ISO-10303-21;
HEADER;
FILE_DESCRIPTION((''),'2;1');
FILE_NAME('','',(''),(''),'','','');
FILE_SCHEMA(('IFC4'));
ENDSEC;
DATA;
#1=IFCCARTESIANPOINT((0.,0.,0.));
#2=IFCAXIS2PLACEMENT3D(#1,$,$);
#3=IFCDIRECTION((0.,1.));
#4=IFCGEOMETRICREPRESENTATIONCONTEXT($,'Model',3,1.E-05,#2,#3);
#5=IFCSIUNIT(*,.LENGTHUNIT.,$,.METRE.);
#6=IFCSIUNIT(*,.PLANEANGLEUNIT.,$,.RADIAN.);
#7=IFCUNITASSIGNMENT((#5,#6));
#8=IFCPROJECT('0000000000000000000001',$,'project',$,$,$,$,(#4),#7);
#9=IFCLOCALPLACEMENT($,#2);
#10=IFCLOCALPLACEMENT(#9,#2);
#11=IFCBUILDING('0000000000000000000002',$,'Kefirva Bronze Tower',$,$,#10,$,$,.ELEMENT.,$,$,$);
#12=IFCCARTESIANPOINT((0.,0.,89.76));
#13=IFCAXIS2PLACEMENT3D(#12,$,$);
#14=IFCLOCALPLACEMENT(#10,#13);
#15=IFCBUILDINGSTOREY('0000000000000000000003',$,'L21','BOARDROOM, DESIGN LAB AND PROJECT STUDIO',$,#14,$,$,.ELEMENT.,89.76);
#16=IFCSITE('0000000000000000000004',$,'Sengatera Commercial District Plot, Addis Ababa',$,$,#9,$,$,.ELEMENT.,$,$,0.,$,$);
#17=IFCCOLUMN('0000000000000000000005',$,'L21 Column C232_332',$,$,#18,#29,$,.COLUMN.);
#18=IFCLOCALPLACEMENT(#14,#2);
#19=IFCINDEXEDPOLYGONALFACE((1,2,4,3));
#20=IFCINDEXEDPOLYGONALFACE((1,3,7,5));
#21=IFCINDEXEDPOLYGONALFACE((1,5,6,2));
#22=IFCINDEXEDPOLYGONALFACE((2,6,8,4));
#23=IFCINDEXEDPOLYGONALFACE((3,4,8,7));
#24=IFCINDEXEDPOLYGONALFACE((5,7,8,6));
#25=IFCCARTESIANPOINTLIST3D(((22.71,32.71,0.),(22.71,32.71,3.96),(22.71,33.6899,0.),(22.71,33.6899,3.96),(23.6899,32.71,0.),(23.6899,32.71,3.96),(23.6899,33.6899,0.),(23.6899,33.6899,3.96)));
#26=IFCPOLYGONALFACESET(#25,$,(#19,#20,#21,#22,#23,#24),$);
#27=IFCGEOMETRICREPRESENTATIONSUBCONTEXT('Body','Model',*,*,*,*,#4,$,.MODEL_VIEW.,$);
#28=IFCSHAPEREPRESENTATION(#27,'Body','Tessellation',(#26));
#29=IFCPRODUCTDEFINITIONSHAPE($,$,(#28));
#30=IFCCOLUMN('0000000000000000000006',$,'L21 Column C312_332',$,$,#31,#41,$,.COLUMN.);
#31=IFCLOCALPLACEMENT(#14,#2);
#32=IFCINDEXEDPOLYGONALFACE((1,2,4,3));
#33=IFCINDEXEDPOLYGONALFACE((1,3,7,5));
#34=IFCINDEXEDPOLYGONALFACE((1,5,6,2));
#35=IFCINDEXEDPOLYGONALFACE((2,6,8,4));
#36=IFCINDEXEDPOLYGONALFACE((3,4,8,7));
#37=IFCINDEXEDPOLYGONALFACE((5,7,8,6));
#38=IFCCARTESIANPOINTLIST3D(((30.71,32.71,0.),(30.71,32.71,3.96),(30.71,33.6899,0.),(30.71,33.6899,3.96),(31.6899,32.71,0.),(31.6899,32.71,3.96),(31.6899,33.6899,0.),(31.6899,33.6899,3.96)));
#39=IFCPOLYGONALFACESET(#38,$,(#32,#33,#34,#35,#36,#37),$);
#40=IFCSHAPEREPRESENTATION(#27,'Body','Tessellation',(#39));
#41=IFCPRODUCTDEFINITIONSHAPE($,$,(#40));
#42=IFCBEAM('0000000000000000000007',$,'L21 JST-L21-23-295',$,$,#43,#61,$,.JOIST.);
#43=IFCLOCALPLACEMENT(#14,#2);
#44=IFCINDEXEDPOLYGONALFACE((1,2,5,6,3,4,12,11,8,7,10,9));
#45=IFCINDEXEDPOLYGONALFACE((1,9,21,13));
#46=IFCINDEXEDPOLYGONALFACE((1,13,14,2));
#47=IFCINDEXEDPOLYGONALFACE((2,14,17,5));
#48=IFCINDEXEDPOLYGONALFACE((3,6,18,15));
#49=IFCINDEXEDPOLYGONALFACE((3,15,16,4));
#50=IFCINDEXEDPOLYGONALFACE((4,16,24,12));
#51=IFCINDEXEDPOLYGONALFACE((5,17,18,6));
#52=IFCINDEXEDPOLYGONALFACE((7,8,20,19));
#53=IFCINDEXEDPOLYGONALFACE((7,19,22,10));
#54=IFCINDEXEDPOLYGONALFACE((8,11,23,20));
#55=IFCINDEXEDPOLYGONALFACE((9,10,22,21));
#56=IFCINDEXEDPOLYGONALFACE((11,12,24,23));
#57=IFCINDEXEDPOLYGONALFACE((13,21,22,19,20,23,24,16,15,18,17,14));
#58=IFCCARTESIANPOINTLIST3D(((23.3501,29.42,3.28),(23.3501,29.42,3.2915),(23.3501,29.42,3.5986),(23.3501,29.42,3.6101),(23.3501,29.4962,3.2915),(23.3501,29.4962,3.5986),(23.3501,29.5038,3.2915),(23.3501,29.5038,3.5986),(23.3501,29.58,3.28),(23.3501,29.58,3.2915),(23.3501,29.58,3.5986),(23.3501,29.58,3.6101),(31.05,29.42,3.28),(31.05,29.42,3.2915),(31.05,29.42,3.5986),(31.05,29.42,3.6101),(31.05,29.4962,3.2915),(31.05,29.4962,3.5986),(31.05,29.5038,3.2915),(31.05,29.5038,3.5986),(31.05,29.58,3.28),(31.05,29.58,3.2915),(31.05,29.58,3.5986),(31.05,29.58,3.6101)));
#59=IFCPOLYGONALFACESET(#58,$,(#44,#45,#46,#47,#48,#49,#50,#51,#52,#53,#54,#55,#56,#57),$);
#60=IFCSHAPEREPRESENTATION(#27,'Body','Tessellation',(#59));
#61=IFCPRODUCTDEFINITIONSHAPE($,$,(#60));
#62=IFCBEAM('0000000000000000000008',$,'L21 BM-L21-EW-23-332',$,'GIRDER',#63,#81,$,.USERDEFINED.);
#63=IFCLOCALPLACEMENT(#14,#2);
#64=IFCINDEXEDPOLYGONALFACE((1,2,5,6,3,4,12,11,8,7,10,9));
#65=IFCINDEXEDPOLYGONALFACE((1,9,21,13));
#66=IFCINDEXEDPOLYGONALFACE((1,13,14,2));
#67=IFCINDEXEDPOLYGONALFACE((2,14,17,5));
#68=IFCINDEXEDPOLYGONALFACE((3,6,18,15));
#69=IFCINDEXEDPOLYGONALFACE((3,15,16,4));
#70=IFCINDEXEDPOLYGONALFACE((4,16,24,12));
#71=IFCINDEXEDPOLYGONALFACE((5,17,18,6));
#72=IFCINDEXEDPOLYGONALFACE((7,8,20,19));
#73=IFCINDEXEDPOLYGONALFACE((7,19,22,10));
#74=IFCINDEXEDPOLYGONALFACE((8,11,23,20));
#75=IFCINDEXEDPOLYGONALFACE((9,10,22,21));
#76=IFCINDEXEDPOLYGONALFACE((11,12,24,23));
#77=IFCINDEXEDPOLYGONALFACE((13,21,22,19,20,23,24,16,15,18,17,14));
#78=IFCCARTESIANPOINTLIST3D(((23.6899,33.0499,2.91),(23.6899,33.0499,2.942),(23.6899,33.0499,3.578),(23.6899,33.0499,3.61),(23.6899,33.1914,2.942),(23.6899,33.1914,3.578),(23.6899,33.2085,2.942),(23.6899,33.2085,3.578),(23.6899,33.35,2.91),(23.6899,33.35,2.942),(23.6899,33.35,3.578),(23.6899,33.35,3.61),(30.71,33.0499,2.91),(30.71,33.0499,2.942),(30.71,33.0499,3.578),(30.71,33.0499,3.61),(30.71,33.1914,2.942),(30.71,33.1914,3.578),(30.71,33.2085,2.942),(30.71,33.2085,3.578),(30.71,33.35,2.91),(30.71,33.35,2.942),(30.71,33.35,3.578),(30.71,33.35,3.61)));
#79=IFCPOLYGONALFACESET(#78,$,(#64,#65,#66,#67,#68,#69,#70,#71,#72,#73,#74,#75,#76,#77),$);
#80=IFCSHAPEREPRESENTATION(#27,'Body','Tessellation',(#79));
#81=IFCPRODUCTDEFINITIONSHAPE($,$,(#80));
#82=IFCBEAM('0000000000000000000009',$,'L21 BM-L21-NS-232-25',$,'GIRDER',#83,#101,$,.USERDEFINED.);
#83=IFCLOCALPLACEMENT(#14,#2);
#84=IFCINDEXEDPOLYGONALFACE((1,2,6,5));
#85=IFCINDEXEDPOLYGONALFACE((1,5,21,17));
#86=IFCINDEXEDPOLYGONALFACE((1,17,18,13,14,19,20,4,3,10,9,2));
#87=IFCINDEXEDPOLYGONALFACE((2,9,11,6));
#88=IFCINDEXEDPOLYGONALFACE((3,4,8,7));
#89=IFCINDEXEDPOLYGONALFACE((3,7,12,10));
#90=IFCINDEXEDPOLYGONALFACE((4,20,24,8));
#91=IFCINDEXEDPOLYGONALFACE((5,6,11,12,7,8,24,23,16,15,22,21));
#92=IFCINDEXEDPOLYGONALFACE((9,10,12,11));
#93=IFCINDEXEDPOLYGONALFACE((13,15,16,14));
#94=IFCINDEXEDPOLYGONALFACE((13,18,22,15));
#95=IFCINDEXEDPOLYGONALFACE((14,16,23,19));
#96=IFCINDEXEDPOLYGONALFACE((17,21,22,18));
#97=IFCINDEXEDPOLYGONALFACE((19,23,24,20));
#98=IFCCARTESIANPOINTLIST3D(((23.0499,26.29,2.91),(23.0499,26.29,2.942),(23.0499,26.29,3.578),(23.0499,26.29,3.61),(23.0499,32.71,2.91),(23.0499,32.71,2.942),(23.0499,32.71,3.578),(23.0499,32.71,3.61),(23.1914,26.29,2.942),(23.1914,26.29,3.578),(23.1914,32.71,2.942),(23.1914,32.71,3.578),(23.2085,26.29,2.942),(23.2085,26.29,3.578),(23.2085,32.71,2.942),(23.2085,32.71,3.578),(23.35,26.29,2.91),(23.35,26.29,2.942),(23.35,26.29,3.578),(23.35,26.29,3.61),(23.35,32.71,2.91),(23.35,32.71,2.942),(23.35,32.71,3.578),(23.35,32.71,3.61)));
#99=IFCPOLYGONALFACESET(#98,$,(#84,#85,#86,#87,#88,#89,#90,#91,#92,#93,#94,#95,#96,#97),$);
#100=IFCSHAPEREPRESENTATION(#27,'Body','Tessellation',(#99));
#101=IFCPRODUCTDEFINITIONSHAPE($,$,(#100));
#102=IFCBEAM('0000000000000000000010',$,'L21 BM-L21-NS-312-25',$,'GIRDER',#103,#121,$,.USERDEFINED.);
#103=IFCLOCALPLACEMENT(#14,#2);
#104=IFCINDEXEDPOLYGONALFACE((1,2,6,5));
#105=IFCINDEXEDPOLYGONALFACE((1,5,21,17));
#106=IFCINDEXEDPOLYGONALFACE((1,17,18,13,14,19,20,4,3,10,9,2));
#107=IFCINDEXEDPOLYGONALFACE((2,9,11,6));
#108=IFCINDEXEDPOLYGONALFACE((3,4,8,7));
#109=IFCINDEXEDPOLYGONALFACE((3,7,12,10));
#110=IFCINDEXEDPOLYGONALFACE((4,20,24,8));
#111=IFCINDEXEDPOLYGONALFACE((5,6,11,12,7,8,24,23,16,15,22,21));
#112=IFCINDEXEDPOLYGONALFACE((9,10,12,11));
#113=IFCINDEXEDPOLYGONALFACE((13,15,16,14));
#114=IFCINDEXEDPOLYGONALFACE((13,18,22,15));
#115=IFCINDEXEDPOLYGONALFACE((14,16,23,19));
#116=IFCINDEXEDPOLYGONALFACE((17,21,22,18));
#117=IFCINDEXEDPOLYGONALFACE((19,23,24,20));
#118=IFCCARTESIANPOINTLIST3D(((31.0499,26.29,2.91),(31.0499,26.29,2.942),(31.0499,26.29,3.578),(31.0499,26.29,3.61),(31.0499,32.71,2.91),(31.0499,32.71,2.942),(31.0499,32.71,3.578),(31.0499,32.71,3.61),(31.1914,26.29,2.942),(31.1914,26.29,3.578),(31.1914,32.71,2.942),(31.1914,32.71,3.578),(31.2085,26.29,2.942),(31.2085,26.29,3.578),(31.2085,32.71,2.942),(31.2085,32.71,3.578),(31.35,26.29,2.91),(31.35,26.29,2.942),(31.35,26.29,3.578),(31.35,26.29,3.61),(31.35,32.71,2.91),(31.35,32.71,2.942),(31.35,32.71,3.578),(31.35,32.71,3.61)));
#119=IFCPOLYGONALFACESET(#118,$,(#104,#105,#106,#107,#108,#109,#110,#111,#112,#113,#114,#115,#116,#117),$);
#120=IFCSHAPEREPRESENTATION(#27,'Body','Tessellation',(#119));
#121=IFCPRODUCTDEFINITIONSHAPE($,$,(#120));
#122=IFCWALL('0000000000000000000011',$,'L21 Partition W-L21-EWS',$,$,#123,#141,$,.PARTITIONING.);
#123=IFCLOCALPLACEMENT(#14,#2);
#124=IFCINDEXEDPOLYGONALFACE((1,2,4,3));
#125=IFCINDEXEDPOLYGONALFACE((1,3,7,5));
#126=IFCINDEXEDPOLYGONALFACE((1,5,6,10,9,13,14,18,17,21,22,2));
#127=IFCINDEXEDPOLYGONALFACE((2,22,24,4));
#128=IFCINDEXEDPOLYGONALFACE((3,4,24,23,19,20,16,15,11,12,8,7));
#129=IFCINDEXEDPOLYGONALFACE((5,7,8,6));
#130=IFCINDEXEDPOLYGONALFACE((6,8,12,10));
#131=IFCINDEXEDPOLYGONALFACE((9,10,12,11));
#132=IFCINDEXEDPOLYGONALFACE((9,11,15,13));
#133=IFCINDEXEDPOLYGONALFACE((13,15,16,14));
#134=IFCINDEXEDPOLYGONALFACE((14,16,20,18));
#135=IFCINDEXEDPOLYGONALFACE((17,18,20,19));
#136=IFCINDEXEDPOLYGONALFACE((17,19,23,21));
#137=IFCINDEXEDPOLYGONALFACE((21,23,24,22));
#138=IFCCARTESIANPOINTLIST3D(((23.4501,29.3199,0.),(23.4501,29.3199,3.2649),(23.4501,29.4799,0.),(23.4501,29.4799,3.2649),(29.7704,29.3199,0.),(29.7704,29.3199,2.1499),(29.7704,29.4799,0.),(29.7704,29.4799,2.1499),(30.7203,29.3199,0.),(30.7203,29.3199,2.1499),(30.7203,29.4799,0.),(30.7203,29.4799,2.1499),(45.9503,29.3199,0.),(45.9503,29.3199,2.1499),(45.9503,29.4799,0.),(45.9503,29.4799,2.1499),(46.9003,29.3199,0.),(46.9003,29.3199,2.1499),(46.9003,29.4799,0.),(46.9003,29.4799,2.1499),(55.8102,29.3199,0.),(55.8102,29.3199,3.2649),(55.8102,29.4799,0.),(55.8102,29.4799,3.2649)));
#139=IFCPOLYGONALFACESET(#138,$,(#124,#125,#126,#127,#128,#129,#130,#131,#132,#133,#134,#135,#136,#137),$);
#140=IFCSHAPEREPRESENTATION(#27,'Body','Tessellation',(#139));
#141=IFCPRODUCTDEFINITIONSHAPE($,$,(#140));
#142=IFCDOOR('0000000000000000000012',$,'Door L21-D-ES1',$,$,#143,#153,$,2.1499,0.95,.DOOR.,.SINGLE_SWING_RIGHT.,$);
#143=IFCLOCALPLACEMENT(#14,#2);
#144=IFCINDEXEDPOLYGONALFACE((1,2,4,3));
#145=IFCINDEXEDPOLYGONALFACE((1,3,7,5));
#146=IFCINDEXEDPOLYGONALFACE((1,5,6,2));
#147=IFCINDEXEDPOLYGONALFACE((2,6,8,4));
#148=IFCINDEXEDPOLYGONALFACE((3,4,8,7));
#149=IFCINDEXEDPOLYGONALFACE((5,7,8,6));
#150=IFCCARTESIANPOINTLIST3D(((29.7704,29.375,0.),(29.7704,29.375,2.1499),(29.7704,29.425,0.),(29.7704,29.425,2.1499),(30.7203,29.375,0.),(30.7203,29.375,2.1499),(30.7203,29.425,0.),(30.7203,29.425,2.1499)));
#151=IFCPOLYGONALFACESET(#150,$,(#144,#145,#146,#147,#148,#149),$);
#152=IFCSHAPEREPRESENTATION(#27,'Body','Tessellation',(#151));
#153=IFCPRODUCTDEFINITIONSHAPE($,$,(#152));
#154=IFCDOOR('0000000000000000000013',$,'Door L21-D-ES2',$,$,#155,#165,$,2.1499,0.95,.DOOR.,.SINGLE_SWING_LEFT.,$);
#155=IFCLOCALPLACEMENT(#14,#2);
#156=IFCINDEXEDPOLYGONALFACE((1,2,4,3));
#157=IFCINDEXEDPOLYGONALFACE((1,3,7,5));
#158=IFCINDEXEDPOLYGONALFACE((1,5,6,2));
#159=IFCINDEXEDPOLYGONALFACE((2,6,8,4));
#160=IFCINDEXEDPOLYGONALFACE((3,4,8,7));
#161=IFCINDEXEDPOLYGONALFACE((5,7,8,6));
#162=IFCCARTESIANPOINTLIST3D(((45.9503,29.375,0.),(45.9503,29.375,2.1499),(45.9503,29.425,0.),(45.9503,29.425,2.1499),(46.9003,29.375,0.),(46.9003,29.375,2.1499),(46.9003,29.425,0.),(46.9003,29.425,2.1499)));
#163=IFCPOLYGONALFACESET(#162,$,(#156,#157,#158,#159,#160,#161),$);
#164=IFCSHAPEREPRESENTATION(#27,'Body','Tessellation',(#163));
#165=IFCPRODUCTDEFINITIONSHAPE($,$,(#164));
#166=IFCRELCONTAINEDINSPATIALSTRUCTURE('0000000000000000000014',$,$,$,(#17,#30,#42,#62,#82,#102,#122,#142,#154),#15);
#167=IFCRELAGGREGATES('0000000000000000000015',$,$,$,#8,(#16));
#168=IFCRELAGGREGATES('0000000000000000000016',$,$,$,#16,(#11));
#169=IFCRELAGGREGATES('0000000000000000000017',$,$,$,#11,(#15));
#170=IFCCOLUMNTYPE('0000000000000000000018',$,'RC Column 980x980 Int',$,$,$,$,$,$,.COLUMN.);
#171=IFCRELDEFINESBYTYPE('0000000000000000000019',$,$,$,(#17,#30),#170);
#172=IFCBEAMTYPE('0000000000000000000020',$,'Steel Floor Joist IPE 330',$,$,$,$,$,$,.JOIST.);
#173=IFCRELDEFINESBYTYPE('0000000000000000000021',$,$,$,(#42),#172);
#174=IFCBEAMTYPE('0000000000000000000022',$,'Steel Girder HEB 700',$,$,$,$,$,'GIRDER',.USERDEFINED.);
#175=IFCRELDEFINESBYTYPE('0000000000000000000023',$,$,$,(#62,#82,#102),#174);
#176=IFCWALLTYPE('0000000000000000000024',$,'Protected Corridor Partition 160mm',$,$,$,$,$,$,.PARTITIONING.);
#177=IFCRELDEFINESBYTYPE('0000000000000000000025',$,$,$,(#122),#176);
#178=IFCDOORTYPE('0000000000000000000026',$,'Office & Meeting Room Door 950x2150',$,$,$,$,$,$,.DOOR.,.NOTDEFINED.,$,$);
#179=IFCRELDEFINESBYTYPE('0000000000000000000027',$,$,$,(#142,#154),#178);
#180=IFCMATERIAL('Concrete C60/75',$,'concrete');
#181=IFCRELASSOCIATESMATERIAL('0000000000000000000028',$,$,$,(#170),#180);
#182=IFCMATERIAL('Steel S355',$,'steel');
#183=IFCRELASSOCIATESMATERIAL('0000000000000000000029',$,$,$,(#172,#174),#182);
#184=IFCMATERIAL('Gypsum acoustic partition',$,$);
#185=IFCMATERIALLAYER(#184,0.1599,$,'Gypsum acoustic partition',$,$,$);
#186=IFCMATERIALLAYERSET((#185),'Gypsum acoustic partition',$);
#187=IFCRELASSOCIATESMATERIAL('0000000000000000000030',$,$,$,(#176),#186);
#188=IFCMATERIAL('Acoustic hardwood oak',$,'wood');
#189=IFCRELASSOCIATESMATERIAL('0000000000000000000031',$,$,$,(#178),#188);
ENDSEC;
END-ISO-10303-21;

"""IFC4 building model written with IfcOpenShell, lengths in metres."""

from ifc_helpers import new_model, si_unit, direction, frame, frame_2d, origin, origin_2d, place, context, subcontext, project, spatial, rectangle, i_section, extrude, material, layer, layer_set, material_profile, profile_set, type_object, element, fill, save


model = new_model("IFC4")

# Units and contexts
model_context = context("Model", 3, precision=1e-05, world=origin(), true_north=direction((0.0, 1.0)))
body_context = subcontext(model_context, "Body", "Model", "MODEL_VIEW")
ifc_project = project(units=[si_unit("LENGTHUNIT", "METRE"), si_unit("PLANEANGLEUNIT", "RADIAN")], contexts=[model_context])

# Site, building, storey
site_placement = place(None, origin())
site = spatial("IfcSite", under=ifc_project, at=site_placement, Name="Sengatera Commercial District Plot, Addis Ababa", CompositionType="ELEMENT", RefElevation=0.0)
building_placement = place(site_placement, origin())
building = spatial("IfcBuilding", under=site, at=building_placement, Name="Kefirva Bronze Tower", CompositionType="ELEMENT")
storey_placement = place(building_placement, frame((0.0, 0.0, 89.76)))
storey = spatial("IfcBuildingStorey", under=building, at=storey_placement, Name="L21", Description="BOARDROOM, DESIGN LAB AND PROJECT STUDIO", CompositionType="ELEMENT", Elevation=89.76)

# Columns
ifc_material_1 = material(Name="Concrete C60/75", Category="concrete")
ifc_material_profile_1 = material_profile(ifc_material_1, rectangle(XDim=0.98, YDim=0.98, at=origin_2d()), Name="RC 980x980")
ifc_profile_set_1 = profile_set([ifc_material_profile_1], Name="Concrete C60/75")
column_type = type_object("IfcColumnType", Name="RC Column 980x980 Int", PredefinedType="COLUMN", material=ifc_profile_set_1)
for number, where, z_axis, x_axis, name in (
    (1, (23.2, 33.2, 0.0), (0.0, 0.0, 1.0), (1.0, 0.0, 0.0), "L21 Column C232_332"),
    (2, (31.2, 33.2, 0.0), (0.0, 0.0, 1.0), (1.0, 0.0, 0.0), "L21 Column C312_332"),
):
    element("IfcColumn", number, at=place(storey_placement, frame(where, z_axis=z_axis, x_axis=x_axis)), inside=storey, type_object=column_type, Name=name, PredefinedType="COLUMN", context=body_context, shape_type="SweptSolid", body=[
        extrude(rectangle(XDim=0.98, YDim=0.98, at=origin_2d()), origin(), (0.0, 0.0, 1.0), 3.96),
    ])

# Beams
ifc_material_2 = material(Name="Steel S355", Category="steel")
ifc_material_profile_2 = material_profile(ifc_material_2, i_section(OverallWidth=0.1599, OverallDepth=0.3301, WebThickness=0.0076, FlangeThickness=0.0115, at=origin_2d()), Name="IPE 330")
ifc_profile_set_2 = profile_set([ifc_material_profile_2], Name="Steel S355")
beam_type_1 = type_object("IfcBeamType", Name="Steel Floor Joist IPE 330", PredefinedType="JOIST", material=ifc_profile_set_2)
beam_1_placement = place(storey_placement, frame((23.3501, 29.5, 3.4451), z_axis=(1.0, 0.0, 0.0), x_axis=(0.0, 1.0, 0.0)))
element("IfcBeam", 3, at=beam_1_placement, inside=storey, type_object=beam_type_1, Name="L21 JST-L21-23-295", PredefinedType="JOIST", context=body_context, shape_type="SweptSolid", body=[
    extrude(i_section(OverallWidth=0.1599, OverallDepth=0.3301, WebThickness=0.0076, FlangeThickness=0.0115, at=origin_2d()), origin(), (0.0, 0.0, 1.0), 7.7),
])
ifc_material_profile_3 = material_profile(ifc_material_2, i_section(OverallWidth=0.3, OverallDepth=0.7, WebThickness=0.0171, FlangeThickness=0.032, at=origin_2d()), Name="HEB 700")
ifc_profile_set_3 = profile_set([ifc_material_profile_3], Name="Steel S355")
beam_type_2 = type_object("IfcBeamType", Name="Steel Girder HEB 700", ElementType="GIRDER", PredefinedType="USERDEFINED", material=ifc_profile_set_3)
beam_2_placement = place(storey_placement, frame((23.6899, 33.2, 3.26), z_axis=(1.0, 0.0, 0.0), x_axis=(0.0, 1.0, 0.0)))
element("IfcBeam", 4, at=beam_2_placement, inside=storey, type_object=beam_type_2, Name="L21 BM-L21-EW-23-332", ObjectType="GIRDER", PredefinedType="USERDEFINED", context=body_context, shape_type="SweptSolid", body=[
    extrude(i_section(OverallWidth=0.3, OverallDepth=0.7, WebThickness=0.0171, FlangeThickness=0.032, at=origin_2d()), origin(), (0.0, 0.0, 1.0), 7.02),
])
for number, where, z_axis, x_axis, name in (
    (5, (23.2, 26.29, 3.26), (0.0, 1.0, 0.0), (-1.0, 0.0, 0.0), "L21 BM-L21-NS-232-25"),
    (6, (31.2, 26.29, 3.26), (0.0, 1.0, 0.0), (-1.0, 0.0, 0.0), "L21 BM-L21-NS-312-25"),
):
    element("IfcBeam", number, at=place(storey_placement, frame(where, z_axis=z_axis, x_axis=x_axis)), inside=storey, type_object=beam_type_2, Name=name, ObjectType="GIRDER", PredefinedType="USERDEFINED", context=body_context, shape_type="SweptSolid", body=[
        extrude(i_section(OverallWidth=0.3, OverallDepth=0.7, WebThickness=0.0171, FlangeThickness=0.032, at=origin_2d()), origin(), (0.0, 0.0, 1.0), 6.4199),
    ])

# Wall, openings, doors
ifc_material_3 = material(Name="Gypsum acoustic partition")
ifc_layer_1 = layer(ifc_material_3, 0.1599, Name="Gypsum acoustic partition")
ifc_layer_set_1 = layer_set([ifc_layer_1], Name="Gypsum acoustic partition")
wall_type_1 = type_object("IfcWallType", Name="Protected Corridor Partition 160mm", PredefinedType="PARTITIONING", material=ifc_layer_set_1)
wall_1_placement = place(storey_placement, frame((23.45, 29.3999, 0.0), z_axis=(0.0, 0.0, 1.0), x_axis=(1.0, 0.0, 0.0)))
wall_1 = element("IfcWall", 7, at=wall_1_placement, inside=storey, type_object=wall_type_1, Name="L21 Partition W-L21-EWS", PredefinedType="PARTITIONING", context=body_context, shape_type="SweptSolid", body=[
    extrude(rectangle(XDim=32.3601, YDim=0.1599, at=frame_2d((16.1802, 0.0))), origin(), (0.0, 0.0, 1.0), 3.2649),
])
opening_1_placement = place(wall_1_placement, frame((7.2705, 0.0, 0.0), z_axis=(0.0, 0.0, 1.0), x_axis=(-1.0, 0.0, 0.0)))
opening_1 = element("IfcOpeningElement", 8, at=opening_1_placement, cuts=wall_1, PredefinedType="OPENING", context=body_context, shape_type="SweptSolid", body=[
    extrude(rectangle(XDim=0.95, YDim=2.1499, at=frame_2d((0.4751, 1.075))), frame((0.0, 0.0898, 0.0), z_axis=(0.0, -1.0, 0.0), x_axis=(1.0, 0.0, 0.0)), (0.0, 0.0, 1.0), 0.1799),
])
opening_2_placement = place(wall_1_placement, frame((23.4504, 0.0, 0.0), z_axis=(0.0, 0.0, 1.0), x_axis=(-1.0, 0.0, 0.0)))
opening_2 = element("IfcOpeningElement", 9, at=opening_2_placement, cuts=wall_1, PredefinedType="OPENING", context=body_context, shape_type="SweptSolid", body=[
    extrude(rectangle(XDim=0.95, YDim=2.1499, at=frame_2d((0.4751, 1.075))), frame((0.0, 0.0898, 0.0), z_axis=(0.0, -1.0, 0.0), x_axis=(1.0, 0.0, 0.0)), (0.0, 0.0, 1.0), 0.1799),
])
ifc_material_4 = material(Name="Acoustic hardwood oak", Category="wood")
door_type_1 = type_object("IfcDoorType", Name="Office & Meeting Room Door 950x2150", OperationType="NOTDEFINED", PredefinedType="DOOR", material=ifc_material_4)
door_1_placement = place(opening_1_placement, origin())
door_1 = element("IfcDoor", 10, at=door_1_placement, inside=storey, type_object=door_type_1, Name="Door L21-D-ES1", OperationType="SINGLE_SWING_RIGHT", OverallHeight=2.1499, OverallWidth=0.95, PredefinedType="DOOR", context=body_context, shape_type="SweptSolid", body=[
    extrude(rectangle(XDim=0.95, YDim=2.1499, at=frame_2d((0.4751, 1.075))), frame((0.0, 0.0249, 0.0), z_axis=(0.0, -1.0, 0.0), x_axis=(1.0, 0.0, 0.0)), (0.0, 0.0, 1.0), 0.05),
])
fill(opening_1, door_1)
door_2_placement = place(opening_2_placement, origin())
door_2 = element("IfcDoor", 11, at=door_2_placement, inside=storey, type_object=door_type_1, Name="Door L21-D-ES2", OperationType="SINGLE_SWING_LEFT", OverallHeight=2.1499, OverallWidth=0.95, PredefinedType="DOOR", context=body_context, shape_type="SweptSolid", body=[
    extrude(rectangle(XDim=0.95, YDim=2.1499, at=frame_2d((0.4751, 1.075))), frame((0.0, 0.0249, 0.0), z_axis=(0.0, -1.0, 0.0), x_axis=(1.0, 0.0, 0.0)), (0.0, 0.0, 1.0), 0.05),
])
fill(opening_2, door_2)

save(model, "model.ifc")
